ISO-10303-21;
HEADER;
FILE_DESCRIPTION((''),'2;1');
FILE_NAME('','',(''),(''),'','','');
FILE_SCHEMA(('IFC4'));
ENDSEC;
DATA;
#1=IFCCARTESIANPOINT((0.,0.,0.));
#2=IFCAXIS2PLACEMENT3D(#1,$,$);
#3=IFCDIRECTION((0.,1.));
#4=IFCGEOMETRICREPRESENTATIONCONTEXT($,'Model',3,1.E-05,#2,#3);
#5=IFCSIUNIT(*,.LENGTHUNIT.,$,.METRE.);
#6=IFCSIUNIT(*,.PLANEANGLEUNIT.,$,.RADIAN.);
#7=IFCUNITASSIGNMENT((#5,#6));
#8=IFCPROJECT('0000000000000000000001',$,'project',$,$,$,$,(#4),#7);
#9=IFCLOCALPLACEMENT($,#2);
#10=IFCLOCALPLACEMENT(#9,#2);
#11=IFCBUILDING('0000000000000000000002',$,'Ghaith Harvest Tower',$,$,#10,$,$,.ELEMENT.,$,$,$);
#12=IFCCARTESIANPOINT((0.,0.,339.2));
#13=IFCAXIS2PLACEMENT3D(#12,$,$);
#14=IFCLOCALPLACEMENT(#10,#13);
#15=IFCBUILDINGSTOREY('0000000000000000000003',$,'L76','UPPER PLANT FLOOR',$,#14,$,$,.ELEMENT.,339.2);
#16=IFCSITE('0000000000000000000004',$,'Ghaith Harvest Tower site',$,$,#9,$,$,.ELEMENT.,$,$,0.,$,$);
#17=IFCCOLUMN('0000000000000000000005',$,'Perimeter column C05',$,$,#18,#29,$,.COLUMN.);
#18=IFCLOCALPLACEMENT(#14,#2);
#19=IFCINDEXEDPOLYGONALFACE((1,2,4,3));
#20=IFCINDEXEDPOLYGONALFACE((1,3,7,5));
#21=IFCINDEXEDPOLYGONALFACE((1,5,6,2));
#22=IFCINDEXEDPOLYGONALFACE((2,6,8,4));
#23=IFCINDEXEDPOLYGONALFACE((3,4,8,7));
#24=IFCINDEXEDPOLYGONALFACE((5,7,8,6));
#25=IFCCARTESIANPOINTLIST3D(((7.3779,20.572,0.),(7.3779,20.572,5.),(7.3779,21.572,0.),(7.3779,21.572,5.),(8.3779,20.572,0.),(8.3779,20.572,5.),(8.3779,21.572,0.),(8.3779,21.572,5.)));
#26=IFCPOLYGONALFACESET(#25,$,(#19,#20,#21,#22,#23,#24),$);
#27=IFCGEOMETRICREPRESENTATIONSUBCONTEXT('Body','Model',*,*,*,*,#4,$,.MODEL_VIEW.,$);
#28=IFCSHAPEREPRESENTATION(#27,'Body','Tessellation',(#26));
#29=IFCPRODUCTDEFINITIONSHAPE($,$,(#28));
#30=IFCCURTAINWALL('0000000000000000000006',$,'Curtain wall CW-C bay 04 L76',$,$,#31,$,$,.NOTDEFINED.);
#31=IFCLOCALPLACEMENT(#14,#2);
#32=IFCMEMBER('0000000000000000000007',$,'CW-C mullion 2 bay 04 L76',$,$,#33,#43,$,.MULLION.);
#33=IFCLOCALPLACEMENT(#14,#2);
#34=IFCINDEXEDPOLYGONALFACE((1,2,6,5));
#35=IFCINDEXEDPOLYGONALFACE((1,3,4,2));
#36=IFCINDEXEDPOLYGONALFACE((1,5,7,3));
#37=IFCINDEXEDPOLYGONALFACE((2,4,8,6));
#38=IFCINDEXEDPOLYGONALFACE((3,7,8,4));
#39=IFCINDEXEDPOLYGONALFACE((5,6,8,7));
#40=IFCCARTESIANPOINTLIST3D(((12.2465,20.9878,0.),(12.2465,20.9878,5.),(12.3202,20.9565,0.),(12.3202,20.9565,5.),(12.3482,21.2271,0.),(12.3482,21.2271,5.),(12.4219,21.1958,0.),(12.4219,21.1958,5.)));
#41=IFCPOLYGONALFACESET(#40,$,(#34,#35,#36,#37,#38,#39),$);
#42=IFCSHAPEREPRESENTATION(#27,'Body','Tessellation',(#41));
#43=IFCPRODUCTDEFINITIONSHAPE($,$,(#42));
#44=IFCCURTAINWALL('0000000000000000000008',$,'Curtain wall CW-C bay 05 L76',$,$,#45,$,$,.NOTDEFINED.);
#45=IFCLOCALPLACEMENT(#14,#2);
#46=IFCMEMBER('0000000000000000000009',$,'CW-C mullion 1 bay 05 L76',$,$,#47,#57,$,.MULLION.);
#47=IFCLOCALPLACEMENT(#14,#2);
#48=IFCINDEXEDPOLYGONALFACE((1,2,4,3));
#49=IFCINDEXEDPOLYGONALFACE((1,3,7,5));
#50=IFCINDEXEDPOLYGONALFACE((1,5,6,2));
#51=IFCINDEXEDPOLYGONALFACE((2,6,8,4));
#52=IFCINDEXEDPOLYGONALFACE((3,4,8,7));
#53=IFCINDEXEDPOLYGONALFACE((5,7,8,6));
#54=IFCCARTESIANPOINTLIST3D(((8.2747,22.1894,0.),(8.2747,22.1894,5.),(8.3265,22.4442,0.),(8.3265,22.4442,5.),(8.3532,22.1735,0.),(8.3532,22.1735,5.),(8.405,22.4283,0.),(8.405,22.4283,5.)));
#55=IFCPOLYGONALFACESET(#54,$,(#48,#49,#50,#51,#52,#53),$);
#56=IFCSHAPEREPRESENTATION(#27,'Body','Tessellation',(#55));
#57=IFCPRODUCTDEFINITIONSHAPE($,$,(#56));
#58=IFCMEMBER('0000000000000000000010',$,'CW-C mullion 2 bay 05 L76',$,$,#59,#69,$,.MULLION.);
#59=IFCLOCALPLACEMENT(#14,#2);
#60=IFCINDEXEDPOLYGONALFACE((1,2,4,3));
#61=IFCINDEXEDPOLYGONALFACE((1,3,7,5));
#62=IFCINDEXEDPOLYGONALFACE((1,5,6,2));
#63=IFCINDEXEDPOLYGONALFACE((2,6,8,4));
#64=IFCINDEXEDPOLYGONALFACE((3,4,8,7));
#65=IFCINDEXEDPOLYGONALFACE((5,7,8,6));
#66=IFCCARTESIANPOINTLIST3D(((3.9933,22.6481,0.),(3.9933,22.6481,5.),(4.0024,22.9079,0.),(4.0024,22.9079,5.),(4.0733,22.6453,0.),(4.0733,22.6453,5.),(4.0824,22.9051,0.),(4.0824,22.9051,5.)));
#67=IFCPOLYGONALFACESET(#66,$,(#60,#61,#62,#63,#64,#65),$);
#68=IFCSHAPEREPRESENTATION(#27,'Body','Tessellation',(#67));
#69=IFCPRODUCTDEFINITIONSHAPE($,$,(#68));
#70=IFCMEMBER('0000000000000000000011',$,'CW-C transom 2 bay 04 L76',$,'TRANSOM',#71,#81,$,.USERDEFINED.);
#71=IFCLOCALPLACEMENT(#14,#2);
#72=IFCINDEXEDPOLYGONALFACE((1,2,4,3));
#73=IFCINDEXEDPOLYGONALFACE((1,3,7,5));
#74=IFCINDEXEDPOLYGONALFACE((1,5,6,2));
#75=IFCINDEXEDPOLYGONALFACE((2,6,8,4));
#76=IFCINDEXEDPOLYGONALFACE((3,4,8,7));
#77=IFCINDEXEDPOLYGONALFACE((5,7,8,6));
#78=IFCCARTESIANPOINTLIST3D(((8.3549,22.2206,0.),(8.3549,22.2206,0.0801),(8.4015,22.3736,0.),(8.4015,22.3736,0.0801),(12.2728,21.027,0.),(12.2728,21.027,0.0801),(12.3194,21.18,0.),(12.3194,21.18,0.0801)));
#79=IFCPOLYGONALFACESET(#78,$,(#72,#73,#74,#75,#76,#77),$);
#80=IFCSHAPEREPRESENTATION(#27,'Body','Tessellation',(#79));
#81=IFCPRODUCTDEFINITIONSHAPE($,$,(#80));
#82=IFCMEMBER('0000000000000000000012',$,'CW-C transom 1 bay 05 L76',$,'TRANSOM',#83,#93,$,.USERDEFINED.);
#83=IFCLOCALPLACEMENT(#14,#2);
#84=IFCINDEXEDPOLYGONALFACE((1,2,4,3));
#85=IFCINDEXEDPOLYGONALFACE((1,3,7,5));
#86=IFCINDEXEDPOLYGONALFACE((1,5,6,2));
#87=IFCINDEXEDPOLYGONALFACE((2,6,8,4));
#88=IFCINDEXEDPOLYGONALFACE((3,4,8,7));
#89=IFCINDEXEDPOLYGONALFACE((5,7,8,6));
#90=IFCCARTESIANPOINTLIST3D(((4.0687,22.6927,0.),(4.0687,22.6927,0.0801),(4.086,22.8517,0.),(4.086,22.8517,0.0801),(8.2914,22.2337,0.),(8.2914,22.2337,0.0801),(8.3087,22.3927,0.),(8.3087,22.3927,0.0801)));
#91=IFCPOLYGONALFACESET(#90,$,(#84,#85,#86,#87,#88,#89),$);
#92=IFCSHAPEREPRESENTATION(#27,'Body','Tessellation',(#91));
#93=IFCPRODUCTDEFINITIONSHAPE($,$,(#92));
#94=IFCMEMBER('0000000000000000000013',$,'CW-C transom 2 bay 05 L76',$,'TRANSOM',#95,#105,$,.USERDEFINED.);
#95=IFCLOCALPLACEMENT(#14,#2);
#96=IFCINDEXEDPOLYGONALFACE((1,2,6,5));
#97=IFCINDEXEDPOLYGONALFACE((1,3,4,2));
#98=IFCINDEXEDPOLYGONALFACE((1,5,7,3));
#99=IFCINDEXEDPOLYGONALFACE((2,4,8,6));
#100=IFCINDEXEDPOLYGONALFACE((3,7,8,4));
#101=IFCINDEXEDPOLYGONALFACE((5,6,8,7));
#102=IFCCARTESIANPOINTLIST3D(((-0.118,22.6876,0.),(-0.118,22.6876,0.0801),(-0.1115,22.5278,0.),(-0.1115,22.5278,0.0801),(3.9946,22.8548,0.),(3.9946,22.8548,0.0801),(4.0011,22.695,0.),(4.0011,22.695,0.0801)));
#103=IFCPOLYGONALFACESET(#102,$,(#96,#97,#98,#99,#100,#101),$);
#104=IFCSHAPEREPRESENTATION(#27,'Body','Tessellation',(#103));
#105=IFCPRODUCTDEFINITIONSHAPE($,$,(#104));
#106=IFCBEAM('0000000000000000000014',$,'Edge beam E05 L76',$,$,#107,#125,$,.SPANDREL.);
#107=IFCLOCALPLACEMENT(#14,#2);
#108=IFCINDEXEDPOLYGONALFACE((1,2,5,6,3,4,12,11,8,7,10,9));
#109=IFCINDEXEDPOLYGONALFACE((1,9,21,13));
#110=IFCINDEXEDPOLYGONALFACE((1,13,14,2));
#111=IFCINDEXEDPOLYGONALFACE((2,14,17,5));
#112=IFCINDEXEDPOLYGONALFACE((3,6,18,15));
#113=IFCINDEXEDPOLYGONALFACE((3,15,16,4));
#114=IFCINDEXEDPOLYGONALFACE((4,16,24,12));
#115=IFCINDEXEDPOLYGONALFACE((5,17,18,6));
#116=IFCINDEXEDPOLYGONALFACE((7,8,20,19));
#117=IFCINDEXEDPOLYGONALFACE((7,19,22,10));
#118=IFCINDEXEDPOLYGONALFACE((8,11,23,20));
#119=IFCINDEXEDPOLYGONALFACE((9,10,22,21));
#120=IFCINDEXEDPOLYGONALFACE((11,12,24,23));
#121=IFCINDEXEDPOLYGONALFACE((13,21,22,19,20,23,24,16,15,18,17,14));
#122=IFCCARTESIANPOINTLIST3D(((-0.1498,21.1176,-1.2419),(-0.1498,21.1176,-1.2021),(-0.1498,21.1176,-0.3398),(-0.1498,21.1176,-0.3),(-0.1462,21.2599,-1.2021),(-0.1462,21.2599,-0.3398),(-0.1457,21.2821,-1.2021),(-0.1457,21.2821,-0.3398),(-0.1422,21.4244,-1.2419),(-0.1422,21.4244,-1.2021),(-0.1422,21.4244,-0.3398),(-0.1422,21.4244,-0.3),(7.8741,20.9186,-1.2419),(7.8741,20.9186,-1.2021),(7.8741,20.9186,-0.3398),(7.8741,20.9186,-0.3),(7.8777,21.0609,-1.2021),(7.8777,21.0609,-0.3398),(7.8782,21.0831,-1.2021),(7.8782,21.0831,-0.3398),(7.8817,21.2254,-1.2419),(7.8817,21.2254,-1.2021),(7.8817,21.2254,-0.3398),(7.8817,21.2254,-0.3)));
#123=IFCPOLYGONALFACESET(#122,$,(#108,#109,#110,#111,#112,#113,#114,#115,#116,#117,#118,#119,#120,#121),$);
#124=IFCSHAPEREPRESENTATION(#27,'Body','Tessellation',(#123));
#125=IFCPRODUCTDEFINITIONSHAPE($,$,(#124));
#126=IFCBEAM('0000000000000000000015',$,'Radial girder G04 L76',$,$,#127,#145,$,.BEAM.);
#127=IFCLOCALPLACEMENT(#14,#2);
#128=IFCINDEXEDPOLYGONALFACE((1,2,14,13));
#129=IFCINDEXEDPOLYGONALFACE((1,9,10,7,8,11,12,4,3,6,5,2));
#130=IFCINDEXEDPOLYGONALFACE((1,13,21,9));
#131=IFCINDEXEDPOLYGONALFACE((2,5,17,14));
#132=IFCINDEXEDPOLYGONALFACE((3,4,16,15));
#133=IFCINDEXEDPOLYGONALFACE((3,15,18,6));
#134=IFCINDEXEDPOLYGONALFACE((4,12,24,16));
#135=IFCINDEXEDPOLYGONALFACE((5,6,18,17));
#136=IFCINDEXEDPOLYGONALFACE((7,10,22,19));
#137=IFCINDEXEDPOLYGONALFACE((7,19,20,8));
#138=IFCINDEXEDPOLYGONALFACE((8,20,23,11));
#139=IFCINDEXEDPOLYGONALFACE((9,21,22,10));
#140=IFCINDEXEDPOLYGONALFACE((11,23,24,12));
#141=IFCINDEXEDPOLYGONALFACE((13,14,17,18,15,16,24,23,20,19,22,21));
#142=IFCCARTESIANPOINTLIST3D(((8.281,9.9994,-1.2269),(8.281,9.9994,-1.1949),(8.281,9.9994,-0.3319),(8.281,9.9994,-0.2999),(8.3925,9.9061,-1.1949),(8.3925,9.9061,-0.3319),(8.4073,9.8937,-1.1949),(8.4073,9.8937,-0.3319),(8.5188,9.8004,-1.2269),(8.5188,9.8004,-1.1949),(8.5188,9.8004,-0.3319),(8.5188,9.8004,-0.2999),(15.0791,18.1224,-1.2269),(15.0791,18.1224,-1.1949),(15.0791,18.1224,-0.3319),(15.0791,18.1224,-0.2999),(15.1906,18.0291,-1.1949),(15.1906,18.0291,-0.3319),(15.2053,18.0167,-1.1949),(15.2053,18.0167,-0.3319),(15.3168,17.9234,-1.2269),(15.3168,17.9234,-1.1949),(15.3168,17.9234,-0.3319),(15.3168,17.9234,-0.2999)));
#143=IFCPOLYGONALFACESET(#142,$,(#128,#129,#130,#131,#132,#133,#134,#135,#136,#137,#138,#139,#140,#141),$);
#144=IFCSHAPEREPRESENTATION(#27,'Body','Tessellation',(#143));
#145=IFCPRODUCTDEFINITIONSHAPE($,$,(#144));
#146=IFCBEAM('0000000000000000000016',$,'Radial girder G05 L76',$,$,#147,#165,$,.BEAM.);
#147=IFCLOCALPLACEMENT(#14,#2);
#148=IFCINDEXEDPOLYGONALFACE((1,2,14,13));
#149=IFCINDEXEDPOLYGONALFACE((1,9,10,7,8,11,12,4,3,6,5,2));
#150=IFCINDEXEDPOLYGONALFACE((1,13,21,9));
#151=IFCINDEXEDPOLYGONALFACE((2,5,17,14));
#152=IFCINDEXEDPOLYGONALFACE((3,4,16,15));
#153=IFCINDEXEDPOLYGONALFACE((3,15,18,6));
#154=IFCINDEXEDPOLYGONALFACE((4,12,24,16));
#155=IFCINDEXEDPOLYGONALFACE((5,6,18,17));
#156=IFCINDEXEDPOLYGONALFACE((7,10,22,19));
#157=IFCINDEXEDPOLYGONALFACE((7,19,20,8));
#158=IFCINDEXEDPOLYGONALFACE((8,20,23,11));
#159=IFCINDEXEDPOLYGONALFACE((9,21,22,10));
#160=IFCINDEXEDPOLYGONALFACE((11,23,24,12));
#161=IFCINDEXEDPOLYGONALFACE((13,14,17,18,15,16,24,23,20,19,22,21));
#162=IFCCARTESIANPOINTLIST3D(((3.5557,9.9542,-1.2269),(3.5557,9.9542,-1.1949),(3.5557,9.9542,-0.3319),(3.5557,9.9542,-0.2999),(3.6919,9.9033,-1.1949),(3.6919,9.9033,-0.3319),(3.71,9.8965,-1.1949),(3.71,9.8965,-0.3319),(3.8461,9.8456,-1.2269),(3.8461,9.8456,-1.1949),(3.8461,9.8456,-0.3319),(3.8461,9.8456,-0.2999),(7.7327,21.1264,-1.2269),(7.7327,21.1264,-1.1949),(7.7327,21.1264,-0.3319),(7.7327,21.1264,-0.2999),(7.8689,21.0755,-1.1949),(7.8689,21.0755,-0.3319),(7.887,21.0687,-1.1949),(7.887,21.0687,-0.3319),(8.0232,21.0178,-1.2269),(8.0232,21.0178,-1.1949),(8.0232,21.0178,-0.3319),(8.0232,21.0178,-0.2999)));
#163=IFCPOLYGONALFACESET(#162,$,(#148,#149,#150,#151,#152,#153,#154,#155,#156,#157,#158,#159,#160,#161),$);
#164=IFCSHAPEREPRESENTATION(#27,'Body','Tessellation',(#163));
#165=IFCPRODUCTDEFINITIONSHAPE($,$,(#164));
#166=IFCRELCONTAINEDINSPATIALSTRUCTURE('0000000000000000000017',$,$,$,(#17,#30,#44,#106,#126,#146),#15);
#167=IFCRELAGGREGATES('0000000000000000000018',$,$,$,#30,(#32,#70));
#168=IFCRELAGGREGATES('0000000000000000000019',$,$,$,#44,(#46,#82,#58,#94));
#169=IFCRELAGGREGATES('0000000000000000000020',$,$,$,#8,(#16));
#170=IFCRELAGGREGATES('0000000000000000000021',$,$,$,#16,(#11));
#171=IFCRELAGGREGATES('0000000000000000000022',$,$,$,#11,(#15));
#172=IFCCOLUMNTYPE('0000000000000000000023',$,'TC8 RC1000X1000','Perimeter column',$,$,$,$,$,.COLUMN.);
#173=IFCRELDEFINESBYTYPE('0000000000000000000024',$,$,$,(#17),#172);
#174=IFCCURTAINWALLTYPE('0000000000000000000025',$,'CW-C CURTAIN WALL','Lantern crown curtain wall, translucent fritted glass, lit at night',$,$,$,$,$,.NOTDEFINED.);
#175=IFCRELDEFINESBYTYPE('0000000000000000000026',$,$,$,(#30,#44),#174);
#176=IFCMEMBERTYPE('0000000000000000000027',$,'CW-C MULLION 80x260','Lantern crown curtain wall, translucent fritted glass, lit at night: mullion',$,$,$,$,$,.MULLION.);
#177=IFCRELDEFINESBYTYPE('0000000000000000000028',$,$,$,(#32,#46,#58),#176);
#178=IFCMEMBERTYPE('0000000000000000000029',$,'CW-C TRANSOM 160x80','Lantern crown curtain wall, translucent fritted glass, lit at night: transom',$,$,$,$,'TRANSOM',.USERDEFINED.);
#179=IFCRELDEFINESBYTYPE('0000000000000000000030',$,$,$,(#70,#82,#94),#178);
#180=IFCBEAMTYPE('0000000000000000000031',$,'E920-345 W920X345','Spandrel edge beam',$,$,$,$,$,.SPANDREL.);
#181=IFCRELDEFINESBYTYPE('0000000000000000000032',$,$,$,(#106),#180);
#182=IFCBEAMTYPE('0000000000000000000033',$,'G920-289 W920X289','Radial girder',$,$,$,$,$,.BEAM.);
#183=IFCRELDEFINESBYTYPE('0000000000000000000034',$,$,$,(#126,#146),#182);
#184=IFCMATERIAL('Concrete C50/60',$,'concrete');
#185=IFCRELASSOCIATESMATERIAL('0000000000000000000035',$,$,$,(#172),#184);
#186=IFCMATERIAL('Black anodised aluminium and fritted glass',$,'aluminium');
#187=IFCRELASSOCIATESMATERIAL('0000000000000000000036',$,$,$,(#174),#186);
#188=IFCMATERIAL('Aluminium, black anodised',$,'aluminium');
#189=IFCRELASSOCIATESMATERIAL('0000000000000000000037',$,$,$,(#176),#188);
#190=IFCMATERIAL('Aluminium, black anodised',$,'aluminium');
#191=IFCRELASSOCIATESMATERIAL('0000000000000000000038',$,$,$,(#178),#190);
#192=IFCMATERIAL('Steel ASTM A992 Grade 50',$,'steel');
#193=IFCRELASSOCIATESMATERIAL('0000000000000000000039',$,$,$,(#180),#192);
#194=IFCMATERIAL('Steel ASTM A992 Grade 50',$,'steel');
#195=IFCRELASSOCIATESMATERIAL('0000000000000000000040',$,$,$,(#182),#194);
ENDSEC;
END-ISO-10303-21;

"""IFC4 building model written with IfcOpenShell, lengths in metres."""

from ifc_helpers import new_model, si_unit, direction, frame, origin, origin_2d, place, context, subcontext, project, spatial, rectangle, i_section, extrude, material, material_profile, profile_set, type_object, element, aggregate, save


model = new_model("IFC4")

# Units and contexts
model_context = context("Model", 3, precision=1e-05, world=origin(), true_north=direction((0.0, 1.0)))
body_context = subcontext(model_context, "Body", "Model", "MODEL_VIEW")
ifc_project = project(units=[si_unit("LENGTHUNIT", "METRE"), si_unit("PLANEANGLEUNIT", "RADIAN")], contexts=[model_context])

# Site, building, storey
site_placement = place(None, origin())
site = spatial("IfcSite", under=ifc_project, at=site_placement, Name="Ghaith Harvest Tower site", CompositionType="ELEMENT", RefElevation=0.0)
building_placement = place(site_placement, origin())
building = spatial("IfcBuilding", under=site, at=building_placement, Name="Ghaith Harvest Tower", CompositionType="ELEMENT")
storey_placement = place(building_placement, frame((0.0, 0.0, 339.2)))
storey = spatial("IfcBuildingStorey", under=building, at=storey_placement, Name="L76", Description="UPPER PLANT FLOOR", CompositionType="ELEMENT", Elevation=339.2)

# Column
ifc_material_1 = material(Name="Concrete C50/60", Category="concrete")
ifc_material_profile_1 = material_profile(ifc_material_1, rectangle(XDim=1.0, YDim=1.0, at=origin_2d()), Name="RC1000X1000")
ifc_profile_set_1 = profile_set([ifc_material_profile_1], Name="Concrete C50/60")
column_type = type_object("IfcColumnType", Name="TC8 RC1000X1000", Description="Perimeter column", PredefinedType="COLUMN", material=ifc_profile_set_1)
column_placement = place(storey_placement, frame((7.8779, 21.072, 0.0), z_axis=(0.0, 0.0, 1.0), x_axis=(1.0, 0.0, 0.0)))
element("IfcColumn", 1, at=column_placement, inside=storey, type_object=column_type, Name="Perimeter column C05", PredefinedType="COLUMN", context=body_context, shape_type="SweptSolid", body=[
    extrude(rectangle(XDim=1.0, YDim=1.0, at=origin_2d()), origin(), (0.0, 0.0, 1.0), 5.0),
])

# Curtain wall, member
ifc_material_2 = material(Name="Black anodised aluminium and fritted glass", Category="aluminium")
curtain_wall_type = type_object("IfcCurtainWallType", Name="CW-C CURTAIN WALL", Description="Lantern crown curtain wall, translucent fritted glass, lit at night", PredefinedType="NOTDEFINED", material=ifc_material_2)
curtain_wall_1_placement = place(storey_placement, origin())
curtain_wall_1 = element("IfcCurtainWall", 2, at=curtain_wall_1_placement, inside=storey, type_object=curtain_wall_type, Name="Curtain wall CW-C bay 04 L76", PredefinedType="NOTDEFINED")
ifc_material_3 = material(Name="Aluminium, black anodised", Category="aluminium")
ifc_material_profile_2 = material_profile(ifc_material_3, rectangle(XDim=0.0801, YDim=0.26, at=origin_2d()), Name="CW-C MULLION 80x260")
ifc_profile_set_2 = profile_set([ifc_material_profile_2], Name="Aluminium, black anodised")
member_type_1 = type_object("IfcMemberType", Name="CW-C MULLION 80x260", Description="Lantern crown curtain wall, translucent fritted glass, lit at night: mullion", PredefinedType="MULLION", material=ifc_profile_set_2)
member_1_placement = place(storey_placement, frame((12.3342, 21.0918, 0.0), z_axis=(0.0, 0.0, 1.0), x_axis=(-0.920319, 0.391168, 0.0)))
member_1 = element("IfcMember", 3, at=member_1_placement, type_object=member_type_1, Name="CW-C mullion 2 bay 04 L76", PredefinedType="MULLION", context=body_context, shape_type="SweptSolid", body=[
    extrude(rectangle(XDim=0.0801, YDim=0.26, at=origin_2d()), origin(), (0.0, 0.0, 1.0), 5.0),
])

# Curtain wall, members
curtain_wall_2_placement = place(storey_placement, origin())
curtain_wall_2 = element("IfcCurtainWall", 4, at=curtain_wall_2_placement, inside=storey, type_object=curtain_wall_type, Name="Curtain wall CW-C bay 05 L76", PredefinedType="NOTDEFINED")
member_2_placement = place(storey_placement, frame((8.3398, 22.3088, 0.0), z_axis=(0.0, 0.0, 1.0), x_axis=(-0.98, 0.198997, 0.0)))
member_2 = element("IfcMember", 5, at=member_2_placement, type_object=member_type_1, Name="CW-C mullion 1 bay 05 L76", PredefinedType="MULLION", context=body_context, shape_type="SweptSolid", body=[
    extrude(rectangle(XDim=0.0801, YDim=0.26, at=origin_2d()), origin(), (0.0, 0.0, 1.0), 5.0),
])
member_3_placement = place(storey_placement, frame((4.0378, 22.7766, 0.0), z_axis=(0.0, 0.0, 1.0), x_axis=(-0.999389, 0.034962, 0.0)))
member_3 = element("IfcMember", 6, at=member_3_placement, type_object=member_type_1, Name="CW-C mullion 2 bay 05 L76", PredefinedType="MULLION", context=body_context, shape_type="SweptSolid", body=[
    extrude(rectangle(XDim=0.0801, YDim=0.26, at=origin_2d()), origin(), (0.0, 0.0, 1.0), 5.0),
])

# Members
ifc_material_4 = material(Name="Aluminium, black anodised", Category="aluminium")
ifc_material_profile_3 = material_profile(ifc_material_4, rectangle(XDim=0.1599, YDim=0.0801, at=origin_2d()), Name="CW-C TRANSOM 160x80")
ifc_profile_set_3 = profile_set([ifc_material_profile_3], Name="Aluminium, black anodised")
member_type_2 = type_object("IfcMemberType", Name="CW-C TRANSOM 160x80", Description="Lantern crown curtain wall, translucent fritted glass, lit at night: transom", ElementType="TRANSOM", PredefinedType="USERDEFINED", material=ifc_profile_set_3)
member_4_placement = place(storey_placement, frame((12.2961, 21.1035, 0.04), z_axis=(-0.956594, 0.291425, 0.0), x_axis=(-0.291425, -0.956594, 0.0)))
member_4 = element("IfcMember", 7, at=member_4_placement, type_object=member_type_2, Name="CW-C transom 2 bay 04 L76", ObjectType="TRANSOM", PredefinedType="USERDEFINED", context=body_context, shape_type="SweptSolid", body=[
    extrude(rectangle(XDim=0.1599, YDim=0.0801, at=origin_2d()), origin(), (0.0, 0.0, 1.0), 4.0957),
])
member_5_placement = place(storey_placement, frame((8.3, 22.3132, 0.04), z_axis=(-0.994144, 0.108059, 0.0), x_axis=(-0.108059, -0.994144, 0.0)))
member_5 = element("IfcMember", 8, at=member_5_placement, type_object=member_type_2, Name="CW-C transom 1 bay 05 L76", ObjectType="TRANSOM", PredefinedType="USERDEFINED", context=body_context, shape_type="SweptSolid", body=[
    extrude(rectangle(XDim=0.1599, YDim=0.0801, at=origin_2d()), origin(), (0.0, 0.0, 1.0), 4.2476),
])
member_6_placement = place(storey_placement, frame((3.9978, 22.7749, 0.04), z_axis=(-0.999174, -0.040631, 0.0), x_axis=(0.040631, -0.999174, 0.0)))
member_6 = element("IfcMember", 9, at=member_6_placement, type_object=member_type_2, Name="CW-C transom 2 bay 05 L76", ObjectType="TRANSOM", PredefinedType="USERDEFINED", context=body_context, shape_type="SweptSolid", body=[
    extrude(rectangle(XDim=0.1599, YDim=0.0801, at=origin_2d()), origin(), (0.0, 0.0, 1.0), 4.116),
])

# Beams
ifc_material_5 = material(Name="Steel ASTM A992 Grade 50", Category="steel")
ifc_material_profile_4 = material_profile(ifc_material_5, i_section(OverallWidth=0.3069, OverallDepth=0.9419, WebThickness=0.0222, FlangeThickness=0.0398, at=origin_2d()), Name="W920X345")
ifc_profile_set_4 = profile_set([ifc_material_profile_4], Name="Steel ASTM A992 Grade 50")
beam_type_1 = type_object("IfcBeamType", Name="E920-345 W920X345", Description="Spandrel edge beam", PredefinedType="SPANDREL", material=ifc_profile_set_4)
beam_1_placement = place(storey_placement, frame((7.8779, 21.072, -0.771), z_axis=(-0.999693, 0.02479, 0.0), x_axis=(-0.02479, -0.999693, 0.0)))
element("IfcBeam", 10, at=beam_1_placement, inside=storey, type_object=beam_type_1, Name="Edge beam E05 L76", PredefinedType="SPANDREL", context=body_context, shape_type="SweptSolid", body=[
    extrude(i_section(OverallWidth=0.3069, OverallDepth=0.9419, WebThickness=0.0222, FlangeThickness=0.0398, at=origin_2d()), origin(), (0.0, 0.0, 1.0), 8.0264),
])
ifc_material_6 = material(Name="Steel ASTM A992 Grade 50", Category="steel")
ifc_material_profile_5 = material_profile(ifc_material_6, i_section(OverallWidth=0.3101, OverallDepth=0.927, WebThickness=0.0193, FlangeThickness=0.032, at=origin_2d()), Name="W920X289")
ifc_profile_set_5 = profile_set([ifc_material_profile_5], Name="Steel ASTM A992 Grade 50")
beam_type_2 = type_object("IfcBeamType", Name="G920-289 W920X289", Description="Radial girder", PredefinedType="BEAM", material=ifc_profile_set_5)
beam_2_placement = place(storey_placement, frame((8.3999, 9.8999, -0.7634), z_axis=(0.641793, 0.766878, 0.0), x_axis=(-0.766878, 0.641793, 0.0)))
element("IfcBeam", 11, at=beam_2_placement, inside=storey, type_object=beam_type_2, Name="Radial girder G04 L76", PredefinedType="BEAM", context=body_context, shape_type="SweptSolid", body=[
    extrude(i_section(OverallWidth=0.3101, OverallDepth=0.927, WebThickness=0.0193, FlangeThickness=0.032, at=origin_2d()), origin(), (0.0, 0.0, 1.0), 10.5923),
])
beam_3_placement = place(storey_placement, frame((3.7009, 9.8999, -0.7634), z_axis=(0.350201, 0.936674, 0.0), x_axis=(-0.936674, 0.350201, 0.0)))
element("IfcBeam", 12, at=beam_3_placement, inside=storey, type_object=beam_type_2, Name="Radial girder G05 L76", PredefinedType="BEAM", context=body_context, shape_type="SweptSolid", body=[
    extrude(i_section(OverallWidth=0.3101, OverallDepth=0.927, WebThickness=0.0193, FlangeThickness=0.032, at=origin_2d()), origin(), (0.0, 0.0, 1.0), 11.9275),
])

aggregate(curtain_wall_1, [member_1, member_4])
aggregate(curtain_wall_2, [member_2, member_5, member_3, member_6])

save(model, "model.ifc")
